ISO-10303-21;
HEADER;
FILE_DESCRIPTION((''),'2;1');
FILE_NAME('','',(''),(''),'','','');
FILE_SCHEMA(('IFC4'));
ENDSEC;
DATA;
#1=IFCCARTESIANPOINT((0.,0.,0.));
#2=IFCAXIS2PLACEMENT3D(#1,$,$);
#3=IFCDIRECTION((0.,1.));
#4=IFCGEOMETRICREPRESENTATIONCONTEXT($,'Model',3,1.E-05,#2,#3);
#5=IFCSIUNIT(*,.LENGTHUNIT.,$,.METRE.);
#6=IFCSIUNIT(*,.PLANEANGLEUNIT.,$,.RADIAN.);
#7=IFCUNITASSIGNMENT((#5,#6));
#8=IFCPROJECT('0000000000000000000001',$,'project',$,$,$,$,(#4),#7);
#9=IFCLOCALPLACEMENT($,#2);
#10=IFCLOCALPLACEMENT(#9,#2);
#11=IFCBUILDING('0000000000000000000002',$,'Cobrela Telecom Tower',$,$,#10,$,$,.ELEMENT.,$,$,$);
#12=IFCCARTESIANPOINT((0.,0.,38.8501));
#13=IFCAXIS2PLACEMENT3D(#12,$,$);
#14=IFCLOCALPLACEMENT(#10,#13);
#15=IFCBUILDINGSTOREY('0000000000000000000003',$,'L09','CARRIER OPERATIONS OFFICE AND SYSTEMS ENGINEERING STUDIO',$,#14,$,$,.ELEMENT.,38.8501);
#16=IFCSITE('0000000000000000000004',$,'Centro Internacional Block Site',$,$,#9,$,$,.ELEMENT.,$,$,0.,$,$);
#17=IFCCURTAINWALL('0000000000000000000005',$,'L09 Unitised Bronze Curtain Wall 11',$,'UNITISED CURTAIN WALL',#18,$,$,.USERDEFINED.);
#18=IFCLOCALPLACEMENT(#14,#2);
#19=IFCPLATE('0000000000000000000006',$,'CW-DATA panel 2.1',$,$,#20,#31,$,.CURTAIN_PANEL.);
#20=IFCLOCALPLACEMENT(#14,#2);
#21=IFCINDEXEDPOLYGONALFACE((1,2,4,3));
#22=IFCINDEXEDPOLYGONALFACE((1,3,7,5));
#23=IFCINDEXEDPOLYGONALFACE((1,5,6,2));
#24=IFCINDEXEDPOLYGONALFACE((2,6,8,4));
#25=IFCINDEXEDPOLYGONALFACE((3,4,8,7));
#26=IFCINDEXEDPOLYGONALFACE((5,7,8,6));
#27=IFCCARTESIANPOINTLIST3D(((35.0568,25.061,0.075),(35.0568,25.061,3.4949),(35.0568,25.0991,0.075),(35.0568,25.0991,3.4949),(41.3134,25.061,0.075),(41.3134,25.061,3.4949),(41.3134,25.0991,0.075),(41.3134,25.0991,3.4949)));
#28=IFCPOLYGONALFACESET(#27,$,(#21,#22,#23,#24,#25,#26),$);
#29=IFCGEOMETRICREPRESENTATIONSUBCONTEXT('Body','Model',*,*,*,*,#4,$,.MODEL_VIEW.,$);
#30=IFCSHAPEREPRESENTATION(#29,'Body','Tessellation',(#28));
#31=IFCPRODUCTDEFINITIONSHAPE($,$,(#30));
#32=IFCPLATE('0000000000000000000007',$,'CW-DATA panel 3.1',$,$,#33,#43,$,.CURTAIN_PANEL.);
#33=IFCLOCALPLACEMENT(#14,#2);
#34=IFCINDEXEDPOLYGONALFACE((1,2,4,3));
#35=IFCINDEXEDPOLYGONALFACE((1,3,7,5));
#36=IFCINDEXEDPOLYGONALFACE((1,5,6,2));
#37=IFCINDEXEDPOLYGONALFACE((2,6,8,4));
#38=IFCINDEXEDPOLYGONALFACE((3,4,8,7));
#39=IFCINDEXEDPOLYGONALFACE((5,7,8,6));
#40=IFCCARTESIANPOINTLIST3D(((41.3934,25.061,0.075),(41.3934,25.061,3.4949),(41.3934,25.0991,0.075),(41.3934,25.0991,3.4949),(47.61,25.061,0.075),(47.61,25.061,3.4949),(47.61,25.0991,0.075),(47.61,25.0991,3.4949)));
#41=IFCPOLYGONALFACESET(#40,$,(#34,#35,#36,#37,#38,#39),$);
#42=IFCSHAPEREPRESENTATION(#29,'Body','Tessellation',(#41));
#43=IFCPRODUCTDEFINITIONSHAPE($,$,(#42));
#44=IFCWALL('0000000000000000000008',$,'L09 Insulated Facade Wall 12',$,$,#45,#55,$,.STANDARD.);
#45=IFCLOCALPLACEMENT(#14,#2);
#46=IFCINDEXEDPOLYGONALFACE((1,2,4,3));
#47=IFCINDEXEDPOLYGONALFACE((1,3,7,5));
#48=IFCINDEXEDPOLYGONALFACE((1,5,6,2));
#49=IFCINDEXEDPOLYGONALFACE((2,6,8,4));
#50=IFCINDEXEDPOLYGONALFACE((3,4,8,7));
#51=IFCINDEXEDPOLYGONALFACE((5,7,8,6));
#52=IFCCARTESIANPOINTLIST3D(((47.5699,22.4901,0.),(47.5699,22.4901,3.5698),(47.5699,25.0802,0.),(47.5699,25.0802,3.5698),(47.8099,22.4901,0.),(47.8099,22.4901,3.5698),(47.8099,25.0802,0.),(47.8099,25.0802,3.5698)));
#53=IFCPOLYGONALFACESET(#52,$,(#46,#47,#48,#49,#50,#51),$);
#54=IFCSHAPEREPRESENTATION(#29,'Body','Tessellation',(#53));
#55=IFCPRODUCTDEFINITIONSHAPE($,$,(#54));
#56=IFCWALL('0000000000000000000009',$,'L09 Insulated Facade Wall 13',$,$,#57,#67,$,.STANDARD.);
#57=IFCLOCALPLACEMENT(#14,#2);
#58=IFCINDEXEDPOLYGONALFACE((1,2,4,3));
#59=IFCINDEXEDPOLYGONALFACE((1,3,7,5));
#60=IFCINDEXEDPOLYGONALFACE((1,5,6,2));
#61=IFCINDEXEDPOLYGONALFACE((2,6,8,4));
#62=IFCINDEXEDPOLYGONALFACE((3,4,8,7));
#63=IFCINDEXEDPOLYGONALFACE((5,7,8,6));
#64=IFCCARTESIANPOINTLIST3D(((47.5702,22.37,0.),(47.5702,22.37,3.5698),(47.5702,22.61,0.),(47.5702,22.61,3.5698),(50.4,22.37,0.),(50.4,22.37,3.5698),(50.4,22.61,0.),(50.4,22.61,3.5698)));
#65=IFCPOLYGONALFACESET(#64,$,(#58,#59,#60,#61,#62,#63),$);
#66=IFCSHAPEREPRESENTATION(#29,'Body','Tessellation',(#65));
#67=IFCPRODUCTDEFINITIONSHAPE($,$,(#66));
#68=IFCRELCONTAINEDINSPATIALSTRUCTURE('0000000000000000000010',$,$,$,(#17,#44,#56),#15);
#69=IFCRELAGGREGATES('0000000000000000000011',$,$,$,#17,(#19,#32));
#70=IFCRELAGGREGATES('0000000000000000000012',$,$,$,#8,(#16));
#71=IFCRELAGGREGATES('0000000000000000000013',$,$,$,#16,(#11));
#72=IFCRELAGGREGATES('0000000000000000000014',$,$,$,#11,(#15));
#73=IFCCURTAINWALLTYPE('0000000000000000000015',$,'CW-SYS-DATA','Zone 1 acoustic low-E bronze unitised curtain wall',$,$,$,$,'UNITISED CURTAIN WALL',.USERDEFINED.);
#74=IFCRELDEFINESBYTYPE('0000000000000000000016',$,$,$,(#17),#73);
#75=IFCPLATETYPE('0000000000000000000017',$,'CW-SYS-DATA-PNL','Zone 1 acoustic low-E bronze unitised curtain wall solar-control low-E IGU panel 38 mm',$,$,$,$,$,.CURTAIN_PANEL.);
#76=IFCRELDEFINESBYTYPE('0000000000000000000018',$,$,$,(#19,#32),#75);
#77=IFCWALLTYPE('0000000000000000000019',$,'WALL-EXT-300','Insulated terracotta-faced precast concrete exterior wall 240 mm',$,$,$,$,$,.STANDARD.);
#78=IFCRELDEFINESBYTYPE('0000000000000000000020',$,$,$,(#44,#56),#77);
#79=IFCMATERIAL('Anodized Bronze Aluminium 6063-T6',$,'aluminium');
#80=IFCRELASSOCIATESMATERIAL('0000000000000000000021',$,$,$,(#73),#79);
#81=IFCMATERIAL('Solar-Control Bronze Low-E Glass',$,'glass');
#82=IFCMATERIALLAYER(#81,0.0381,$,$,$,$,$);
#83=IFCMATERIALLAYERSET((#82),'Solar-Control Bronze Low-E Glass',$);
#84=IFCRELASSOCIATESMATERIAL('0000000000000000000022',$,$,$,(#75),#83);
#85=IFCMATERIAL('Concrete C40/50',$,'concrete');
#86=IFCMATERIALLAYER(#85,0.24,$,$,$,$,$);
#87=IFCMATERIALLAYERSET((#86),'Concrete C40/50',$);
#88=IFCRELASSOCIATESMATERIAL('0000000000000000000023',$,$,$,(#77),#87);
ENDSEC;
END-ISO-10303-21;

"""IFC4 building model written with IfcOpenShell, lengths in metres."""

from ifc_helpers import new_model, si_unit, direction, frame, frame_2d, origin, origin_2d, place, context, subcontext, project, spatial, rectangle, extrude, material, layer, layer_set, type_object, element, aggregate, save


model = new_model("IFC4")

# Units and contexts
model_context = context("Model", 3, precision=1e-05, world=origin(), true_north=direction((0.0, 1.0)))
body_context = subcontext(model_context, "Body", "Model", "MODEL_VIEW")
ifc_project = project(units=[si_unit("LENGTHUNIT", "METRE"), si_unit("PLANEANGLEUNIT", "RADIAN")], contexts=[model_context])

# Site, building, storey
site_placement = place(None, origin())
site = spatial("IfcSite", under=ifc_project, at=site_placement, Name="Centro Internacional Block Site", CompositionType="ELEMENT", RefElevation=0.0)
building_placement = place(site_placement, origin())
building = spatial("IfcBuilding", under=site, at=building_placement, Name="Cobrela Telecom Tower", CompositionType="ELEMENT")
storey_placement = place(building_placement, frame((0.0, 0.0, 38.8501)))
storey = spatial("IfcBuildingStorey", under=building, at=storey_placement, Name="L09", Description="CARRIER OPERATIONS OFFICE AND SYSTEMS ENGINEERING STUDIO", CompositionType="ELEMENT", Elevation=38.8501)

# Shared definitions
ifc_material_1 = material(Name="Anodized Bronze Aluminium 6063-T6", Category="aluminium")
curtain_wall_type = type_object("IfcCurtainWallType", Name="CW-SYS-DATA", Description="Zone 1 acoustic low-E bronze unitised curtain wall", ElementType="UNITISED CURTAIN WALL", PredefinedType="USERDEFINED", material=ifc_material_1)

# Curtain wall
curtain_wall_1_placement = place(storey_placement, origin())
curtain_wall_1 = element("IfcCurtainWall", 1, at=curtain_wall_1_placement, inside=storey, type_object=curtain_wall_type, Name="L09 Unitised Bronze Curtain Wall 11", ObjectType="UNITISED CURTAIN WALL", PredefinedType="USERDEFINED")

# Plates
ifc_material_2 = material(Name="Solar-Control Bronze Low-E Glass", Category="glass")
ifc_layer_1 = layer(ifc_material_2, 0.0381)
ifc_layer_set_1 = layer_set([ifc_layer_1], Name="Solar-Control Bronze Low-E Glass")
plate_type = type_object("IfcPlateType", Name="CW-SYS-DATA-PNL", Description="Zone 1 acoustic low-E bronze unitised curtain wall solar-control low-E IGU panel 38 mm", PredefinedType="CURTAIN_PANEL", material=ifc_layer_set_1)
plate_1_placement = place(storey_placement, frame((38.1851, 25.0801, 0.075), z_axis=(0.0, 0.0, 1.0), x_axis=(1.0, 0.0, 0.0)))
plate_1 = element("IfcPlate", 2, at=plate_1_placement, type_object=plate_type, Name="CW-DATA panel 2.1", PredefinedType="CURTAIN_PANEL", context=body_context, shape_type="SweptSolid", body=[
    extrude(rectangle(XDim=6.2566, YDim=0.0381, at=origin_2d()), origin(), (0.0, 0.0, 1.0), 3.4199),
])
plate_2_placement = place(storey_placement, frame((44.5017, 25.0801, 0.075), z_axis=(0.0, 0.0, 1.0), x_axis=(1.0, 0.0, 0.0)))
plate_2 = element("IfcPlate", 3, at=plate_2_placement, type_object=plate_type, Name="CW-DATA panel 3.1", PredefinedType="CURTAIN_PANEL", context=body_context, shape_type="SweptSolid", body=[
    extrude(rectangle(XDim=6.2166, YDim=0.0381, at=origin_2d()), origin(), (0.0, 0.0, 1.0), 3.4199),
])
aggregate(curtain_wall_1, [plate_1, plate_2])

# Walls
ifc_material_3 = material(Name="Concrete C40/50", Category="concrete")
ifc_layer_2 = layer(ifc_material_3, 0.24)
ifc_layer_set_2 = layer_set([ifc_layer_2], Name="Concrete C40/50")
wall_type = type_object("IfcWallType", Name="WALL-EXT-300", Description="Insulated terracotta-faced precast concrete exterior wall 240 mm", PredefinedType="STANDARD", material=ifc_layer_set_2)
wall_1_placement = place(storey_placement, frame((47.6899, 25.0801, 0.0), z_axis=(0.0, 0.0, 1.0), x_axis=(0.0, -1.0, 0.0)))
element("IfcWall", 4, at=wall_1_placement, inside=storey, type_object=wall_type, Name="L09 Insulated Facade Wall 12", PredefinedType="STANDARD", context=body_context, shape_type="SweptSolid", body=[
    extrude(rectangle(XDim=2.5901, YDim=0.24, at=frame_2d((1.2949, 0.0))), origin(), (0.0, 0.0, 1.0), 3.5698),
])
wall_2_placement = place(storey_placement, frame((47.5701, 22.49, 0.0), z_axis=(0.0, 0.0, 1.0), x_axis=(1.0, 0.0, 0.0)))
element("IfcWall", 5, at=wall_2_placement, inside=storey, type_object=wall_type, Name="L09 Insulated Facade Wall 13", PredefinedType="STANDARD", context=body_context, shape_type="SweptSolid", body=[
    extrude(rectangle(XDim=2.8298, YDim=0.24, at=frame_2d((1.415, 0.0))), origin(), (0.0, 0.0, 1.0), 3.5698),
])

save(model, "model.ifc")
